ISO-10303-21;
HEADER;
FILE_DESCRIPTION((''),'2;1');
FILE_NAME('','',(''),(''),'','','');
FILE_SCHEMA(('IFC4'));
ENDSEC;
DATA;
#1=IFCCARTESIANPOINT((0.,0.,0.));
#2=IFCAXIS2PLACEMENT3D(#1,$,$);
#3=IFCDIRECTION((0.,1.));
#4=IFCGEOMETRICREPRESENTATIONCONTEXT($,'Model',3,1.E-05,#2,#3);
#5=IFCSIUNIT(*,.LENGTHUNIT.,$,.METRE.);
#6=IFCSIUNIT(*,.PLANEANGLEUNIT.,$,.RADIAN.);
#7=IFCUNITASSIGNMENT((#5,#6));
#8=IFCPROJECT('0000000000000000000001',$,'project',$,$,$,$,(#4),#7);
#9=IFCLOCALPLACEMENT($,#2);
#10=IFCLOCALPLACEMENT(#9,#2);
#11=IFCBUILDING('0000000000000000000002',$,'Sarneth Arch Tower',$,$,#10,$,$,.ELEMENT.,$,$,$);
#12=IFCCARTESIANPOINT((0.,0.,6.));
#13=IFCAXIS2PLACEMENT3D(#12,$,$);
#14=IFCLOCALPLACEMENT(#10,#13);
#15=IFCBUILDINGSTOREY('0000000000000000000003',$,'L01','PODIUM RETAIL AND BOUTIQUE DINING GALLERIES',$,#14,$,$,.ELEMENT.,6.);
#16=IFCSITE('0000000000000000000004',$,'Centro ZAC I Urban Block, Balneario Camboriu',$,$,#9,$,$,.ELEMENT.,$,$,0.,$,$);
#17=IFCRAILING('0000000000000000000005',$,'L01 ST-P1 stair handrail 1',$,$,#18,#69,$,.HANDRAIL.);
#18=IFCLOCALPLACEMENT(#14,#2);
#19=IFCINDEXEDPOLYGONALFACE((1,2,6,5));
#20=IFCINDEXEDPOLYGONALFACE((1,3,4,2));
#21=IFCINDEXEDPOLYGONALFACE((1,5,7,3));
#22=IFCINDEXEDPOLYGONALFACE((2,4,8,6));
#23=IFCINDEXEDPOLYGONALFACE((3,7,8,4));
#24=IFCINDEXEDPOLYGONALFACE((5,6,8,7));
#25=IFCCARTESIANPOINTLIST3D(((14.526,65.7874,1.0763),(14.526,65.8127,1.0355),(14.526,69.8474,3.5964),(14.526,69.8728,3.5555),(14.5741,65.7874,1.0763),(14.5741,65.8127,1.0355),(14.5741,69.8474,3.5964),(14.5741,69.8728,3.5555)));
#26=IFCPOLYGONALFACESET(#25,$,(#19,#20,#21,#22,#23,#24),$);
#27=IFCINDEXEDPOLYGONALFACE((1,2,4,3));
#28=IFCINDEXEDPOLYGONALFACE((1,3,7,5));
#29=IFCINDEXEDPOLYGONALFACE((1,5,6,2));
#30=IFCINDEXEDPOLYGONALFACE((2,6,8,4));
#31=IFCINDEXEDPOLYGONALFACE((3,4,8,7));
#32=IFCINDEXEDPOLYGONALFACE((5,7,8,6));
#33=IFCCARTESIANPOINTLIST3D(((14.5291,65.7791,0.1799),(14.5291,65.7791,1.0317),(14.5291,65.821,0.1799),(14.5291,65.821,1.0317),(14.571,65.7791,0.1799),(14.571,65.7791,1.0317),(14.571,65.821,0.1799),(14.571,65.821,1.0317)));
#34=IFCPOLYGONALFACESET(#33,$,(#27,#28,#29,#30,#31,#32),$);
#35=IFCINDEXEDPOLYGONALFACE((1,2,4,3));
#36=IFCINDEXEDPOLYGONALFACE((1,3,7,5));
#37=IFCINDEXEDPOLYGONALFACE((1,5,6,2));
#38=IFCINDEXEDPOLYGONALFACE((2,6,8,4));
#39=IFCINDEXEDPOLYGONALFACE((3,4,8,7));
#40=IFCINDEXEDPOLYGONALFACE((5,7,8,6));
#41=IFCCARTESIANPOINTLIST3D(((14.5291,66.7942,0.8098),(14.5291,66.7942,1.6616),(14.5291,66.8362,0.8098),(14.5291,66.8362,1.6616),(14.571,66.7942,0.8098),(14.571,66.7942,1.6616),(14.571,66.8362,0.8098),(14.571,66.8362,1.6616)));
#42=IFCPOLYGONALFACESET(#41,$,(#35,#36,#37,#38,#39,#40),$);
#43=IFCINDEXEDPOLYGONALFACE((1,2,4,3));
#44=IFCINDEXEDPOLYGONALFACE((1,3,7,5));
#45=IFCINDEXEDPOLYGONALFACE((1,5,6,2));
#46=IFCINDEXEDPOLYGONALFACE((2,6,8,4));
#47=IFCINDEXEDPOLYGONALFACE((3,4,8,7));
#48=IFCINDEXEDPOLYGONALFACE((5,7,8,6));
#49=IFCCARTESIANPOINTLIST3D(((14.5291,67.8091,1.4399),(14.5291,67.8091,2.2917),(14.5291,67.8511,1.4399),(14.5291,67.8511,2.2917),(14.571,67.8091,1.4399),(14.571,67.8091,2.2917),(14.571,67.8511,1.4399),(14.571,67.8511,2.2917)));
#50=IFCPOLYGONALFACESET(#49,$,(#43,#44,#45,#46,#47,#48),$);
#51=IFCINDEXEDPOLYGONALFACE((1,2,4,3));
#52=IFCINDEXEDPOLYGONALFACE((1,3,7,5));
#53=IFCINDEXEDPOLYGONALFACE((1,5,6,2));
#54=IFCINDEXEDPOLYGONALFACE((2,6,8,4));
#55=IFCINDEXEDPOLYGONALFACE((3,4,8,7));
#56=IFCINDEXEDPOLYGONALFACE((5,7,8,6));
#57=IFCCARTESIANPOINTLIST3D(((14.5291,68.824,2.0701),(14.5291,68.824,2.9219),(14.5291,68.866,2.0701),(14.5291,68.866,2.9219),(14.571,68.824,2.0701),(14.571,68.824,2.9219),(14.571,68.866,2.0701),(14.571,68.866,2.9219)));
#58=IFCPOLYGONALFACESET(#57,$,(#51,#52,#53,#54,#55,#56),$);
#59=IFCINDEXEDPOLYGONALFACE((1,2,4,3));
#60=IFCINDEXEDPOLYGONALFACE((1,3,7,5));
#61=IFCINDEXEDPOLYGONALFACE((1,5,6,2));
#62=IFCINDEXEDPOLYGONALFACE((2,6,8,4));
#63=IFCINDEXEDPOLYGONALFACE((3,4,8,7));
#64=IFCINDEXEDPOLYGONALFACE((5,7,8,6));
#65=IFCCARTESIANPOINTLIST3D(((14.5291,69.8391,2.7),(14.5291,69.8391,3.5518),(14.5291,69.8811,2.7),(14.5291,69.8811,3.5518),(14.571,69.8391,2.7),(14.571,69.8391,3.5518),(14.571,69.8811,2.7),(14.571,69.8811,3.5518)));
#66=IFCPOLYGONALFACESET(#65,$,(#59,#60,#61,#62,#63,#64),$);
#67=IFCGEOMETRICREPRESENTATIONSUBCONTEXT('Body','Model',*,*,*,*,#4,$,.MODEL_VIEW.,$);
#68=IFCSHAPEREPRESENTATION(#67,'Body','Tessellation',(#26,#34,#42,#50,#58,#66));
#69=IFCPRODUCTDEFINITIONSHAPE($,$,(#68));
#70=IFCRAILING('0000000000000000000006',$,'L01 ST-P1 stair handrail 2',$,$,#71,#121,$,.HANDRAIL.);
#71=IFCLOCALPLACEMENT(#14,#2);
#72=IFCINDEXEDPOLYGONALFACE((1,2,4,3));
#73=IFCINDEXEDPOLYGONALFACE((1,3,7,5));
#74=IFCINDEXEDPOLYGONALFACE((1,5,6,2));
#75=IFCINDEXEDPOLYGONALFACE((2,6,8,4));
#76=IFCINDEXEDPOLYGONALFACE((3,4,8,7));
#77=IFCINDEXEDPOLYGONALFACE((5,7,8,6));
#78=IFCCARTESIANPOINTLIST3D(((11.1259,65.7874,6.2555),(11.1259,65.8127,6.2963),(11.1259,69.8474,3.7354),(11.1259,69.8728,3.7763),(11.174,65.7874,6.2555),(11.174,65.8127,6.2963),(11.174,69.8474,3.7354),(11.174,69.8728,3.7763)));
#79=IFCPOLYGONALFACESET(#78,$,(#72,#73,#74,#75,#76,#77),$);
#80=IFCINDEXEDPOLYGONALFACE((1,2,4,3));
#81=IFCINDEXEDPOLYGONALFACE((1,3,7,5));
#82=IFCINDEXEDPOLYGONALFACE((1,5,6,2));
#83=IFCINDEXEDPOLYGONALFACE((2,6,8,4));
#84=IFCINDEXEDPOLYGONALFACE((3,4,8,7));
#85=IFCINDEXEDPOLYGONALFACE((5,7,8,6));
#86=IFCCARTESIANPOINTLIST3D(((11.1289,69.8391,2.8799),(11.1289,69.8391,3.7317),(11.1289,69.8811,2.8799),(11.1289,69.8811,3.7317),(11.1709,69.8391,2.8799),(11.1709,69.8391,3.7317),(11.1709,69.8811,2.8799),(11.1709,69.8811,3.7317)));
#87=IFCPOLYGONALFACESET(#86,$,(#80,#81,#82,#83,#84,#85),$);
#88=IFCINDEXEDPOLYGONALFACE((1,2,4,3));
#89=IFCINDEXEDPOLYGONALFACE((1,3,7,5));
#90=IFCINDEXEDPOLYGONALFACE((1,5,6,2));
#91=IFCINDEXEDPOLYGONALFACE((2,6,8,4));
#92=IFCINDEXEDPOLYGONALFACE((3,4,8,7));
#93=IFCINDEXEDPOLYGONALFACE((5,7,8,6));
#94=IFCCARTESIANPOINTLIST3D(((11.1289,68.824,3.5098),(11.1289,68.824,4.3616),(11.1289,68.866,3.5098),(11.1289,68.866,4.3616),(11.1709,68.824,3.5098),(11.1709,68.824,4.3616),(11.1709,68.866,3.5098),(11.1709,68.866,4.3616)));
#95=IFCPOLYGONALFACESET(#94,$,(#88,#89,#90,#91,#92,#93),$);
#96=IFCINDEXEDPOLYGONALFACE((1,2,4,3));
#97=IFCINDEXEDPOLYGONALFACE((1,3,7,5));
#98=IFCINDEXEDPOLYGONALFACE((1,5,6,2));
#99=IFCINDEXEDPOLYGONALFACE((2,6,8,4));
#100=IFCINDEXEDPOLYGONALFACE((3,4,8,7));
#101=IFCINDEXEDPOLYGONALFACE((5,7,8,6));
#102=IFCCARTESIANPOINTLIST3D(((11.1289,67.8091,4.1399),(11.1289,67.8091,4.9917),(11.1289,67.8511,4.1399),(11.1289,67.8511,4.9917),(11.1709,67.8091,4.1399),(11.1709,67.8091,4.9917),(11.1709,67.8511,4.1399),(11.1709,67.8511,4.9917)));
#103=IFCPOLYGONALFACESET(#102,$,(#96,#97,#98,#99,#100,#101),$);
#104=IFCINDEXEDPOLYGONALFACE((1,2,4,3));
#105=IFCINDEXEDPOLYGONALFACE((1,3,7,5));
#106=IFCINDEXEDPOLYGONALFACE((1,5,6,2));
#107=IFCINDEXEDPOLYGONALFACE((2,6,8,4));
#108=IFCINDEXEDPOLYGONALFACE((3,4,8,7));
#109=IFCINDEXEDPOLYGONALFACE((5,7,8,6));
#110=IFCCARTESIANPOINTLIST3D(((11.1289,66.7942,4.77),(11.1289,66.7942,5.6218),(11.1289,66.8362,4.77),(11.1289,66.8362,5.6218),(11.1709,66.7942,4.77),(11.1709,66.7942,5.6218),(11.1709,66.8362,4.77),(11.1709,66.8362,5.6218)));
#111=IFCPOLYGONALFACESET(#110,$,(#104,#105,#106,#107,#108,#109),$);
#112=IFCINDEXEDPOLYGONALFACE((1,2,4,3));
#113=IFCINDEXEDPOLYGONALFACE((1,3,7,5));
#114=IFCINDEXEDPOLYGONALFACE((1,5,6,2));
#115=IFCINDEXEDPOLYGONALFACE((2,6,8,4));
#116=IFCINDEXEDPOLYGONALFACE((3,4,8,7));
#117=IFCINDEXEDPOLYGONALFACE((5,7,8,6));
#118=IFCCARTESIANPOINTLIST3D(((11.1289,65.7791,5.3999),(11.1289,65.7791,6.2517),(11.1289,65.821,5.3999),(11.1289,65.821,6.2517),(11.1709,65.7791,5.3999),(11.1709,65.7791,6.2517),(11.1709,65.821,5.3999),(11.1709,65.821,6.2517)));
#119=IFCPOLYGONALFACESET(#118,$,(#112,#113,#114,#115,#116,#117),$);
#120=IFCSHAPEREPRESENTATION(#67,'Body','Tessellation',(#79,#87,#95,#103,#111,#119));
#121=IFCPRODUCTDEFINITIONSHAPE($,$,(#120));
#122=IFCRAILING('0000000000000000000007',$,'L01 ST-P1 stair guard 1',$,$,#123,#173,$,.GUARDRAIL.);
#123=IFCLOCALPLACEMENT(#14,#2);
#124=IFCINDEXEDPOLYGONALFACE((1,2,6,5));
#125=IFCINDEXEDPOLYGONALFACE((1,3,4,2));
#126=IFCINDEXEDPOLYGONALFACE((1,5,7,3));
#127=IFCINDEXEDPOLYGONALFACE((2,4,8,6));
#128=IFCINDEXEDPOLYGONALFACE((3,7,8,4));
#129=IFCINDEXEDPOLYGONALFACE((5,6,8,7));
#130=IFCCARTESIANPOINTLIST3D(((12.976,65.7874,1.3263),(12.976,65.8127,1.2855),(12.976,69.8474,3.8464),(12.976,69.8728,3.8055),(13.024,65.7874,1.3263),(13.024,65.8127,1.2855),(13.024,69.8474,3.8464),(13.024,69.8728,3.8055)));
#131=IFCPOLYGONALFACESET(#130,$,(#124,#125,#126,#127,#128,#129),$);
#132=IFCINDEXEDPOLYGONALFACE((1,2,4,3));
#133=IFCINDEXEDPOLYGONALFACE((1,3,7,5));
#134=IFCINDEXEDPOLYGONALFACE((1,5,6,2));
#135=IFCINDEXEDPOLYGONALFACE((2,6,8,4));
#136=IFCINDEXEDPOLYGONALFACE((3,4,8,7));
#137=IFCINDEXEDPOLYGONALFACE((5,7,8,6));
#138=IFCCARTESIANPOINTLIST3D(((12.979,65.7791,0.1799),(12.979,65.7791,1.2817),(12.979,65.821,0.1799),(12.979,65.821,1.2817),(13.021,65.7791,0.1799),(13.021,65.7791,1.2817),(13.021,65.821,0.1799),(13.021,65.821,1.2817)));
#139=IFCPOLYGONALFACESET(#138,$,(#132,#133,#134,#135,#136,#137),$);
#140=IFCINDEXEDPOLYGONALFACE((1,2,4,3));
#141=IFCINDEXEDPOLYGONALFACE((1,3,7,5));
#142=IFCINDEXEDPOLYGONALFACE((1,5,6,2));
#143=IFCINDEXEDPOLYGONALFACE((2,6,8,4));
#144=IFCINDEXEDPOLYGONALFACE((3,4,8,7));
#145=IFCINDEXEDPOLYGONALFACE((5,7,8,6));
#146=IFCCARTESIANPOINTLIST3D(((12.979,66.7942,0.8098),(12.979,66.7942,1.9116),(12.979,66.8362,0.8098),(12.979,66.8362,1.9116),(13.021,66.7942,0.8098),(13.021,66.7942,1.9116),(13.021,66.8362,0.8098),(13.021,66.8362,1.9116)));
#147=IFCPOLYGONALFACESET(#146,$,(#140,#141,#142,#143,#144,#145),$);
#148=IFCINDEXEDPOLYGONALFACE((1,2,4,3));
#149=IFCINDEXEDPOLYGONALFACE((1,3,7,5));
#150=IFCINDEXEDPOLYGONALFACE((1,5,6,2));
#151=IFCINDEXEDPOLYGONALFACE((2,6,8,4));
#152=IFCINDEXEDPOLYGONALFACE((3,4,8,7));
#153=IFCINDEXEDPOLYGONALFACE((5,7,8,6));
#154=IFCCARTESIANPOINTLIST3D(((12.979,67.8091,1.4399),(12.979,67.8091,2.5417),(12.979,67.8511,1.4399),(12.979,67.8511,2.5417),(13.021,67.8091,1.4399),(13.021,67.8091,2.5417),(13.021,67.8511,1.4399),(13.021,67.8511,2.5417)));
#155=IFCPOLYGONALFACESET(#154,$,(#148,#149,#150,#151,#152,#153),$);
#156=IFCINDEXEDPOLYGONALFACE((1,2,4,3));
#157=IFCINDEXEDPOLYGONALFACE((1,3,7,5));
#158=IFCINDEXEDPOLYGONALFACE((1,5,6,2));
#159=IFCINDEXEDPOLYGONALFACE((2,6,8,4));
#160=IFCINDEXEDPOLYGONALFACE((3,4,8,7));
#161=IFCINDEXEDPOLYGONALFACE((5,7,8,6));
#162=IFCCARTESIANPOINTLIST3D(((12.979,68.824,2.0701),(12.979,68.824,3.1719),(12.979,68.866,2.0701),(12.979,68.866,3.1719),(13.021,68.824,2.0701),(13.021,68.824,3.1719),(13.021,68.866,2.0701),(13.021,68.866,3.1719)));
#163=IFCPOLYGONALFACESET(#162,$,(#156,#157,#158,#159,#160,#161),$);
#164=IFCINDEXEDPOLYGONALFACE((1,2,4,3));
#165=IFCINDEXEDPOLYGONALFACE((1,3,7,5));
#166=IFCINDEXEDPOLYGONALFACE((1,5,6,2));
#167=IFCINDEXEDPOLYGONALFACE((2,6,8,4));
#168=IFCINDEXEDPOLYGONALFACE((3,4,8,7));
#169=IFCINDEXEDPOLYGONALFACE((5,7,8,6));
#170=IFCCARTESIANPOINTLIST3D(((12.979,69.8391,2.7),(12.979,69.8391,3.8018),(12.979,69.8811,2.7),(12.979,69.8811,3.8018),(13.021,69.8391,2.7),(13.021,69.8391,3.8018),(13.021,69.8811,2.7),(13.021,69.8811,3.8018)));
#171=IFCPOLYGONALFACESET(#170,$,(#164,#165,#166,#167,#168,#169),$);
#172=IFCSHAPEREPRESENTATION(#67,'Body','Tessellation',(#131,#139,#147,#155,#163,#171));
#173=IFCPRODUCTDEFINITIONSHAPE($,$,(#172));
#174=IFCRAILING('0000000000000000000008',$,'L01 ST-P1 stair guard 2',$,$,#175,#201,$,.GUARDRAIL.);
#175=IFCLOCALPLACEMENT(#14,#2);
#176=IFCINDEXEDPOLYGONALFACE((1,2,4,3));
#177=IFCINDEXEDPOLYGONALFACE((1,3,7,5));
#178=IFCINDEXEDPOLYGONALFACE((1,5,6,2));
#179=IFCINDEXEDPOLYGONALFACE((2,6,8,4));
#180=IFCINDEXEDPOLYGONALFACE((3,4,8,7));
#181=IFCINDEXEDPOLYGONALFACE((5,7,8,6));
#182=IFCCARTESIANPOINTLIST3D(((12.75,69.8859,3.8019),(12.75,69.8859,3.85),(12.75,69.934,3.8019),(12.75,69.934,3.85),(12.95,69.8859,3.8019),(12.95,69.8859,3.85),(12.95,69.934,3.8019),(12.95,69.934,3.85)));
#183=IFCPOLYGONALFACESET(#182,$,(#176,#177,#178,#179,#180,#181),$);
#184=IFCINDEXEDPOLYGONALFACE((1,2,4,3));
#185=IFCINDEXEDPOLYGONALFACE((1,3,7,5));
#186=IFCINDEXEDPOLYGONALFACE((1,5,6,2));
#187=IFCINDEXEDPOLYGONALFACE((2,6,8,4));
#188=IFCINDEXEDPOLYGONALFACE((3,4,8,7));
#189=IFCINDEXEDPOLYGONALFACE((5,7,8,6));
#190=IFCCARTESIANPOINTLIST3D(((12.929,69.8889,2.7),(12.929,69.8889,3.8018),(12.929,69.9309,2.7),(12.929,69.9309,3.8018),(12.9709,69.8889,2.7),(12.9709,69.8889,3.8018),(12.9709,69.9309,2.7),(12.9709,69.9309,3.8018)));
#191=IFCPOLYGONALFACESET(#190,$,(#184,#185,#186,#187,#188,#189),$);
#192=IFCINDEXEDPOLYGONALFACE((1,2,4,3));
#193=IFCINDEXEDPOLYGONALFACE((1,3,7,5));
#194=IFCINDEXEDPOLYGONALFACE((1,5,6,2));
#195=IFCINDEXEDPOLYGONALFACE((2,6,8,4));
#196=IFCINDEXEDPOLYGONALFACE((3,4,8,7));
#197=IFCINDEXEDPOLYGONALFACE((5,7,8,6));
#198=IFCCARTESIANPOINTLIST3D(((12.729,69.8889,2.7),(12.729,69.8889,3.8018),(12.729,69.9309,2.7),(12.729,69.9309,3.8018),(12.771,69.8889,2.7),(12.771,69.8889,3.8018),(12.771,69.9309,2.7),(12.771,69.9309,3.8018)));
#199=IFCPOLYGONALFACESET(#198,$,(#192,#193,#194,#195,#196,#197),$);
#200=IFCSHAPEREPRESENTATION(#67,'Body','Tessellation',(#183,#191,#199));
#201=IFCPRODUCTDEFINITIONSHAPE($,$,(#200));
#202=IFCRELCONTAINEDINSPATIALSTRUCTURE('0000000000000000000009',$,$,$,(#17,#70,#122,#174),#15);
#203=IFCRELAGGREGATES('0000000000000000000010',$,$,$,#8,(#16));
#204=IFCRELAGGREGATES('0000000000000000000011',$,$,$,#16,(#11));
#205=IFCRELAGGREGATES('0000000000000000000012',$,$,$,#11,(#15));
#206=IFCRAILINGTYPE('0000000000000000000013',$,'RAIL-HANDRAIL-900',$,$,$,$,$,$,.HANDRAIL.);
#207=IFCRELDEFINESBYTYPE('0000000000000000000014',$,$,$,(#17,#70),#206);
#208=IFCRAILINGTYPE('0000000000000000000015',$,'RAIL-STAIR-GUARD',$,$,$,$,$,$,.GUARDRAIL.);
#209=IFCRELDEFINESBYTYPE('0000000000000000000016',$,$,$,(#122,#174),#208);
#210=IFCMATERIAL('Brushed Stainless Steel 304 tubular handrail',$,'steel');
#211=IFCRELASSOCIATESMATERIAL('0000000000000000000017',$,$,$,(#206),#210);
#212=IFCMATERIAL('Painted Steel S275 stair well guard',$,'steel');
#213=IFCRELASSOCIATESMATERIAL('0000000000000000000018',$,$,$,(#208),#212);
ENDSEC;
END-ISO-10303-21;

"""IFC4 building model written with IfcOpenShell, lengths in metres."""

from ifc_helpers import new_model, si_unit, direction, frame, origin, origin_2d, place, context, subcontext, project, spatial, rectangle, extrude, material, type_object, element, save


model = new_model("IFC4")

# Units and contexts
model_context = context("Model", 3, precision=1e-05, world=origin(), true_north=direction((0.0, 1.0)))
body_context = subcontext(model_context, "Body", "Model", "MODEL_VIEW")
ifc_project = project(units=[si_unit("LENGTHUNIT", "METRE"), si_unit("PLANEANGLEUNIT", "RADIAN")], contexts=[model_context])

# Site, building, storey
site_placement = place(None, origin())
site = spatial("IfcSite", under=ifc_project, at=site_placement, Name="Centro ZAC I Urban Block, Balneario Camboriu", CompositionType="ELEMENT", RefElevation=0.0)
building_placement = place(site_placement, origin())
building = spatial("IfcBuilding", under=site, at=building_placement, Name="Sarneth Arch Tower", CompositionType="ELEMENT")
storey_placement = place(building_placement, frame((0.0, 0.0, 6.0)))
storey = spatial("IfcBuildingStorey", under=building, at=storey_placement, Name="L01", Description="PODIUM RETAIL AND BOUTIQUE DINING GALLERIES", CompositionType="ELEMENT", Elevation=6.0)

# Railings
ifc_material_1 = material(Name="Brushed Stainless Steel 304 tubular handrail", Category="steel")
railing_type_1 = type_object("IfcRailingType", Name="RAIL-HANDRAIL-900", PredefinedType="HANDRAIL", material=ifc_material_1)
railing_1_placement = place(storey_placement, frame((14.55, 65.8, 0.1799)))
element("IfcRailing", 1, at=railing_1_placement, inside=storey, type_object=railing_type_1, Name="L01 ST-P1 stair handrail 1", PredefinedType="HANDRAIL", context=body_context, shape_type="SweptSolid", body=[
    extrude(rectangle(XDim=0.0481, YDim=0.0481, at=origin_2d()), frame((0.0, 0.0, 0.876), z_axis=(0.0, 0.849642, 0.52736), x_axis=(-1.0, 0.0, 0.0)), (0.0, 0.0, 1.0), 4.7786),
    extrude(rectangle(XDim=0.042, YDim=0.042, at=origin_2d()), origin(), (0.0, 0.0, 1.0), 0.8518),
    extrude(rectangle(XDim=0.042, YDim=0.042, at=origin_2d()), frame((0.0, 1.0151, 0.6299)), (0.0, 0.0, 1.0), 0.8518),
    extrude(rectangle(XDim=0.042, YDim=0.042, at=origin_2d()), frame((0.0, 2.03, 1.26)), (0.0, 0.0, 1.0), 0.8518),
    extrude(rectangle(XDim=0.042, YDim=0.042, at=origin_2d()), frame((0.0, 3.0449, 1.8901)), (0.0, 0.0, 1.0), 0.8518),
    extrude(rectangle(XDim=0.042, YDim=0.042, at=origin_2d()), frame((0.0, 4.0601, 2.52)), (0.0, 0.0, 1.0), 0.8518),
])
railing_2_placement = place(storey_placement, frame((11.1499, 69.8601, 2.8799)))
element("IfcRailing", 2, at=railing_2_placement, inside=storey, type_object=railing_type_1, Name="L01 ST-P1 stair handrail 2", PredefinedType="HANDRAIL", context=body_context, shape_type="SweptSolid", body=[
    extrude(rectangle(XDim=0.0481, YDim=0.0481, at=origin_2d()), frame((0.0, 0.0, 0.876), z_axis=(0.0, -0.849642, 0.52736), x_axis=(1.0, 0.0, 0.0)), (0.0, 0.0, 1.0), 4.7786),
    extrude(rectangle(XDim=0.042, YDim=0.042, at=origin_2d()), origin(), (0.0, 0.0, 1.0), 0.8518),
    extrude(rectangle(XDim=0.042, YDim=0.042, at=origin_2d()), frame((0.0, -1.0151, 0.6299)), (0.0, 0.0, 1.0), 0.8518),
    extrude(rectangle(XDim=0.042, YDim=0.042, at=origin_2d()), frame((0.0, -2.03, 1.26)), (0.0, 0.0, 1.0), 0.8518),
    extrude(rectangle(XDim=0.042, YDim=0.042, at=origin_2d()), frame((0.0, -3.0449, 1.8901)), (0.0, 0.0, 1.0), 0.8518),
    extrude(rectangle(XDim=0.042, YDim=0.042, at=origin_2d()), frame((0.0, -4.0601, 2.52)), (0.0, 0.0, 1.0), 0.8518),
])
ifc_material_2 = material(Name="Painted Steel S275 stair well guard", Category="steel")
railing_type_2 = type_object("IfcRailingType", Name="RAIL-STAIR-GUARD", PredefinedType="GUARDRAIL", material=ifc_material_2)
railing_3_placement = place(storey_placement, frame((13.0, 65.8, 0.1799)))
element("IfcRailing", 3, at=railing_3_placement, inside=storey, type_object=railing_type_2, Name="L01 ST-P1 stair guard 1", PredefinedType="GUARDRAIL", context=body_context, shape_type="SweptSolid", body=[
    extrude(rectangle(XDim=0.0481, YDim=0.0481, at=origin_2d()), frame((0.0, 0.0, 1.126), z_axis=(0.0, 0.849642, 0.52736), x_axis=(-1.0, 0.0, 0.0)), (0.0, 0.0, 1.0), 4.7786),
    extrude(rectangle(XDim=0.042, YDim=0.042, at=origin_2d()), origin(), (0.0, 0.0, 1.0), 1.1018),
    extrude(rectangle(XDim=0.042, YDim=0.042, at=origin_2d()), frame((0.0, 1.0151, 0.6299)), (0.0, 0.0, 1.0), 1.1018),
    extrude(rectangle(XDim=0.042, YDim=0.042, at=origin_2d()), frame((0.0, 2.03, 1.26)), (0.0, 0.0, 1.0), 1.1018),
    extrude(rectangle(XDim=0.042, YDim=0.042, at=origin_2d()), frame((0.0, 3.0449, 1.8901)), (0.0, 0.0, 1.0), 1.1018),
    extrude(rectangle(XDim=0.042, YDim=0.042, at=origin_2d()), frame((0.0, 4.0601, 2.52)), (0.0, 0.0, 1.0), 1.1018),
])
railing_4_placement = place(storey_placement, frame((12.95, 69.9099, 2.7)))
element("IfcRailing", 4, at=railing_4_placement, inside=storey, type_object=railing_type_2, Name="L01 ST-P1 stair guard 2", PredefinedType="GUARDRAIL", context=body_context, shape_type="SweptSolid", body=[
    extrude(rectangle(XDim=0.0481, YDim=0.0481, at=origin_2d()), frame((0.0, 0.0, 1.126), z_axis=(-1.0, 0.0, 0.0), x_axis=(0.0, -1.0, 0.0)), (0.0, 0.0, 1.0), 0.2),
    extrude(rectangle(XDim=0.042, YDim=0.042, at=origin_2d()), origin(), (0.0, 0.0, 1.0), 1.1018),
    extrude(rectangle(XDim=0.042, YDim=0.042, at=origin_2d()), frame((-0.2, 0.0, 0.0)), (0.0, 0.0, 1.0), 1.1018),
])

save(model, "model.ifc")
